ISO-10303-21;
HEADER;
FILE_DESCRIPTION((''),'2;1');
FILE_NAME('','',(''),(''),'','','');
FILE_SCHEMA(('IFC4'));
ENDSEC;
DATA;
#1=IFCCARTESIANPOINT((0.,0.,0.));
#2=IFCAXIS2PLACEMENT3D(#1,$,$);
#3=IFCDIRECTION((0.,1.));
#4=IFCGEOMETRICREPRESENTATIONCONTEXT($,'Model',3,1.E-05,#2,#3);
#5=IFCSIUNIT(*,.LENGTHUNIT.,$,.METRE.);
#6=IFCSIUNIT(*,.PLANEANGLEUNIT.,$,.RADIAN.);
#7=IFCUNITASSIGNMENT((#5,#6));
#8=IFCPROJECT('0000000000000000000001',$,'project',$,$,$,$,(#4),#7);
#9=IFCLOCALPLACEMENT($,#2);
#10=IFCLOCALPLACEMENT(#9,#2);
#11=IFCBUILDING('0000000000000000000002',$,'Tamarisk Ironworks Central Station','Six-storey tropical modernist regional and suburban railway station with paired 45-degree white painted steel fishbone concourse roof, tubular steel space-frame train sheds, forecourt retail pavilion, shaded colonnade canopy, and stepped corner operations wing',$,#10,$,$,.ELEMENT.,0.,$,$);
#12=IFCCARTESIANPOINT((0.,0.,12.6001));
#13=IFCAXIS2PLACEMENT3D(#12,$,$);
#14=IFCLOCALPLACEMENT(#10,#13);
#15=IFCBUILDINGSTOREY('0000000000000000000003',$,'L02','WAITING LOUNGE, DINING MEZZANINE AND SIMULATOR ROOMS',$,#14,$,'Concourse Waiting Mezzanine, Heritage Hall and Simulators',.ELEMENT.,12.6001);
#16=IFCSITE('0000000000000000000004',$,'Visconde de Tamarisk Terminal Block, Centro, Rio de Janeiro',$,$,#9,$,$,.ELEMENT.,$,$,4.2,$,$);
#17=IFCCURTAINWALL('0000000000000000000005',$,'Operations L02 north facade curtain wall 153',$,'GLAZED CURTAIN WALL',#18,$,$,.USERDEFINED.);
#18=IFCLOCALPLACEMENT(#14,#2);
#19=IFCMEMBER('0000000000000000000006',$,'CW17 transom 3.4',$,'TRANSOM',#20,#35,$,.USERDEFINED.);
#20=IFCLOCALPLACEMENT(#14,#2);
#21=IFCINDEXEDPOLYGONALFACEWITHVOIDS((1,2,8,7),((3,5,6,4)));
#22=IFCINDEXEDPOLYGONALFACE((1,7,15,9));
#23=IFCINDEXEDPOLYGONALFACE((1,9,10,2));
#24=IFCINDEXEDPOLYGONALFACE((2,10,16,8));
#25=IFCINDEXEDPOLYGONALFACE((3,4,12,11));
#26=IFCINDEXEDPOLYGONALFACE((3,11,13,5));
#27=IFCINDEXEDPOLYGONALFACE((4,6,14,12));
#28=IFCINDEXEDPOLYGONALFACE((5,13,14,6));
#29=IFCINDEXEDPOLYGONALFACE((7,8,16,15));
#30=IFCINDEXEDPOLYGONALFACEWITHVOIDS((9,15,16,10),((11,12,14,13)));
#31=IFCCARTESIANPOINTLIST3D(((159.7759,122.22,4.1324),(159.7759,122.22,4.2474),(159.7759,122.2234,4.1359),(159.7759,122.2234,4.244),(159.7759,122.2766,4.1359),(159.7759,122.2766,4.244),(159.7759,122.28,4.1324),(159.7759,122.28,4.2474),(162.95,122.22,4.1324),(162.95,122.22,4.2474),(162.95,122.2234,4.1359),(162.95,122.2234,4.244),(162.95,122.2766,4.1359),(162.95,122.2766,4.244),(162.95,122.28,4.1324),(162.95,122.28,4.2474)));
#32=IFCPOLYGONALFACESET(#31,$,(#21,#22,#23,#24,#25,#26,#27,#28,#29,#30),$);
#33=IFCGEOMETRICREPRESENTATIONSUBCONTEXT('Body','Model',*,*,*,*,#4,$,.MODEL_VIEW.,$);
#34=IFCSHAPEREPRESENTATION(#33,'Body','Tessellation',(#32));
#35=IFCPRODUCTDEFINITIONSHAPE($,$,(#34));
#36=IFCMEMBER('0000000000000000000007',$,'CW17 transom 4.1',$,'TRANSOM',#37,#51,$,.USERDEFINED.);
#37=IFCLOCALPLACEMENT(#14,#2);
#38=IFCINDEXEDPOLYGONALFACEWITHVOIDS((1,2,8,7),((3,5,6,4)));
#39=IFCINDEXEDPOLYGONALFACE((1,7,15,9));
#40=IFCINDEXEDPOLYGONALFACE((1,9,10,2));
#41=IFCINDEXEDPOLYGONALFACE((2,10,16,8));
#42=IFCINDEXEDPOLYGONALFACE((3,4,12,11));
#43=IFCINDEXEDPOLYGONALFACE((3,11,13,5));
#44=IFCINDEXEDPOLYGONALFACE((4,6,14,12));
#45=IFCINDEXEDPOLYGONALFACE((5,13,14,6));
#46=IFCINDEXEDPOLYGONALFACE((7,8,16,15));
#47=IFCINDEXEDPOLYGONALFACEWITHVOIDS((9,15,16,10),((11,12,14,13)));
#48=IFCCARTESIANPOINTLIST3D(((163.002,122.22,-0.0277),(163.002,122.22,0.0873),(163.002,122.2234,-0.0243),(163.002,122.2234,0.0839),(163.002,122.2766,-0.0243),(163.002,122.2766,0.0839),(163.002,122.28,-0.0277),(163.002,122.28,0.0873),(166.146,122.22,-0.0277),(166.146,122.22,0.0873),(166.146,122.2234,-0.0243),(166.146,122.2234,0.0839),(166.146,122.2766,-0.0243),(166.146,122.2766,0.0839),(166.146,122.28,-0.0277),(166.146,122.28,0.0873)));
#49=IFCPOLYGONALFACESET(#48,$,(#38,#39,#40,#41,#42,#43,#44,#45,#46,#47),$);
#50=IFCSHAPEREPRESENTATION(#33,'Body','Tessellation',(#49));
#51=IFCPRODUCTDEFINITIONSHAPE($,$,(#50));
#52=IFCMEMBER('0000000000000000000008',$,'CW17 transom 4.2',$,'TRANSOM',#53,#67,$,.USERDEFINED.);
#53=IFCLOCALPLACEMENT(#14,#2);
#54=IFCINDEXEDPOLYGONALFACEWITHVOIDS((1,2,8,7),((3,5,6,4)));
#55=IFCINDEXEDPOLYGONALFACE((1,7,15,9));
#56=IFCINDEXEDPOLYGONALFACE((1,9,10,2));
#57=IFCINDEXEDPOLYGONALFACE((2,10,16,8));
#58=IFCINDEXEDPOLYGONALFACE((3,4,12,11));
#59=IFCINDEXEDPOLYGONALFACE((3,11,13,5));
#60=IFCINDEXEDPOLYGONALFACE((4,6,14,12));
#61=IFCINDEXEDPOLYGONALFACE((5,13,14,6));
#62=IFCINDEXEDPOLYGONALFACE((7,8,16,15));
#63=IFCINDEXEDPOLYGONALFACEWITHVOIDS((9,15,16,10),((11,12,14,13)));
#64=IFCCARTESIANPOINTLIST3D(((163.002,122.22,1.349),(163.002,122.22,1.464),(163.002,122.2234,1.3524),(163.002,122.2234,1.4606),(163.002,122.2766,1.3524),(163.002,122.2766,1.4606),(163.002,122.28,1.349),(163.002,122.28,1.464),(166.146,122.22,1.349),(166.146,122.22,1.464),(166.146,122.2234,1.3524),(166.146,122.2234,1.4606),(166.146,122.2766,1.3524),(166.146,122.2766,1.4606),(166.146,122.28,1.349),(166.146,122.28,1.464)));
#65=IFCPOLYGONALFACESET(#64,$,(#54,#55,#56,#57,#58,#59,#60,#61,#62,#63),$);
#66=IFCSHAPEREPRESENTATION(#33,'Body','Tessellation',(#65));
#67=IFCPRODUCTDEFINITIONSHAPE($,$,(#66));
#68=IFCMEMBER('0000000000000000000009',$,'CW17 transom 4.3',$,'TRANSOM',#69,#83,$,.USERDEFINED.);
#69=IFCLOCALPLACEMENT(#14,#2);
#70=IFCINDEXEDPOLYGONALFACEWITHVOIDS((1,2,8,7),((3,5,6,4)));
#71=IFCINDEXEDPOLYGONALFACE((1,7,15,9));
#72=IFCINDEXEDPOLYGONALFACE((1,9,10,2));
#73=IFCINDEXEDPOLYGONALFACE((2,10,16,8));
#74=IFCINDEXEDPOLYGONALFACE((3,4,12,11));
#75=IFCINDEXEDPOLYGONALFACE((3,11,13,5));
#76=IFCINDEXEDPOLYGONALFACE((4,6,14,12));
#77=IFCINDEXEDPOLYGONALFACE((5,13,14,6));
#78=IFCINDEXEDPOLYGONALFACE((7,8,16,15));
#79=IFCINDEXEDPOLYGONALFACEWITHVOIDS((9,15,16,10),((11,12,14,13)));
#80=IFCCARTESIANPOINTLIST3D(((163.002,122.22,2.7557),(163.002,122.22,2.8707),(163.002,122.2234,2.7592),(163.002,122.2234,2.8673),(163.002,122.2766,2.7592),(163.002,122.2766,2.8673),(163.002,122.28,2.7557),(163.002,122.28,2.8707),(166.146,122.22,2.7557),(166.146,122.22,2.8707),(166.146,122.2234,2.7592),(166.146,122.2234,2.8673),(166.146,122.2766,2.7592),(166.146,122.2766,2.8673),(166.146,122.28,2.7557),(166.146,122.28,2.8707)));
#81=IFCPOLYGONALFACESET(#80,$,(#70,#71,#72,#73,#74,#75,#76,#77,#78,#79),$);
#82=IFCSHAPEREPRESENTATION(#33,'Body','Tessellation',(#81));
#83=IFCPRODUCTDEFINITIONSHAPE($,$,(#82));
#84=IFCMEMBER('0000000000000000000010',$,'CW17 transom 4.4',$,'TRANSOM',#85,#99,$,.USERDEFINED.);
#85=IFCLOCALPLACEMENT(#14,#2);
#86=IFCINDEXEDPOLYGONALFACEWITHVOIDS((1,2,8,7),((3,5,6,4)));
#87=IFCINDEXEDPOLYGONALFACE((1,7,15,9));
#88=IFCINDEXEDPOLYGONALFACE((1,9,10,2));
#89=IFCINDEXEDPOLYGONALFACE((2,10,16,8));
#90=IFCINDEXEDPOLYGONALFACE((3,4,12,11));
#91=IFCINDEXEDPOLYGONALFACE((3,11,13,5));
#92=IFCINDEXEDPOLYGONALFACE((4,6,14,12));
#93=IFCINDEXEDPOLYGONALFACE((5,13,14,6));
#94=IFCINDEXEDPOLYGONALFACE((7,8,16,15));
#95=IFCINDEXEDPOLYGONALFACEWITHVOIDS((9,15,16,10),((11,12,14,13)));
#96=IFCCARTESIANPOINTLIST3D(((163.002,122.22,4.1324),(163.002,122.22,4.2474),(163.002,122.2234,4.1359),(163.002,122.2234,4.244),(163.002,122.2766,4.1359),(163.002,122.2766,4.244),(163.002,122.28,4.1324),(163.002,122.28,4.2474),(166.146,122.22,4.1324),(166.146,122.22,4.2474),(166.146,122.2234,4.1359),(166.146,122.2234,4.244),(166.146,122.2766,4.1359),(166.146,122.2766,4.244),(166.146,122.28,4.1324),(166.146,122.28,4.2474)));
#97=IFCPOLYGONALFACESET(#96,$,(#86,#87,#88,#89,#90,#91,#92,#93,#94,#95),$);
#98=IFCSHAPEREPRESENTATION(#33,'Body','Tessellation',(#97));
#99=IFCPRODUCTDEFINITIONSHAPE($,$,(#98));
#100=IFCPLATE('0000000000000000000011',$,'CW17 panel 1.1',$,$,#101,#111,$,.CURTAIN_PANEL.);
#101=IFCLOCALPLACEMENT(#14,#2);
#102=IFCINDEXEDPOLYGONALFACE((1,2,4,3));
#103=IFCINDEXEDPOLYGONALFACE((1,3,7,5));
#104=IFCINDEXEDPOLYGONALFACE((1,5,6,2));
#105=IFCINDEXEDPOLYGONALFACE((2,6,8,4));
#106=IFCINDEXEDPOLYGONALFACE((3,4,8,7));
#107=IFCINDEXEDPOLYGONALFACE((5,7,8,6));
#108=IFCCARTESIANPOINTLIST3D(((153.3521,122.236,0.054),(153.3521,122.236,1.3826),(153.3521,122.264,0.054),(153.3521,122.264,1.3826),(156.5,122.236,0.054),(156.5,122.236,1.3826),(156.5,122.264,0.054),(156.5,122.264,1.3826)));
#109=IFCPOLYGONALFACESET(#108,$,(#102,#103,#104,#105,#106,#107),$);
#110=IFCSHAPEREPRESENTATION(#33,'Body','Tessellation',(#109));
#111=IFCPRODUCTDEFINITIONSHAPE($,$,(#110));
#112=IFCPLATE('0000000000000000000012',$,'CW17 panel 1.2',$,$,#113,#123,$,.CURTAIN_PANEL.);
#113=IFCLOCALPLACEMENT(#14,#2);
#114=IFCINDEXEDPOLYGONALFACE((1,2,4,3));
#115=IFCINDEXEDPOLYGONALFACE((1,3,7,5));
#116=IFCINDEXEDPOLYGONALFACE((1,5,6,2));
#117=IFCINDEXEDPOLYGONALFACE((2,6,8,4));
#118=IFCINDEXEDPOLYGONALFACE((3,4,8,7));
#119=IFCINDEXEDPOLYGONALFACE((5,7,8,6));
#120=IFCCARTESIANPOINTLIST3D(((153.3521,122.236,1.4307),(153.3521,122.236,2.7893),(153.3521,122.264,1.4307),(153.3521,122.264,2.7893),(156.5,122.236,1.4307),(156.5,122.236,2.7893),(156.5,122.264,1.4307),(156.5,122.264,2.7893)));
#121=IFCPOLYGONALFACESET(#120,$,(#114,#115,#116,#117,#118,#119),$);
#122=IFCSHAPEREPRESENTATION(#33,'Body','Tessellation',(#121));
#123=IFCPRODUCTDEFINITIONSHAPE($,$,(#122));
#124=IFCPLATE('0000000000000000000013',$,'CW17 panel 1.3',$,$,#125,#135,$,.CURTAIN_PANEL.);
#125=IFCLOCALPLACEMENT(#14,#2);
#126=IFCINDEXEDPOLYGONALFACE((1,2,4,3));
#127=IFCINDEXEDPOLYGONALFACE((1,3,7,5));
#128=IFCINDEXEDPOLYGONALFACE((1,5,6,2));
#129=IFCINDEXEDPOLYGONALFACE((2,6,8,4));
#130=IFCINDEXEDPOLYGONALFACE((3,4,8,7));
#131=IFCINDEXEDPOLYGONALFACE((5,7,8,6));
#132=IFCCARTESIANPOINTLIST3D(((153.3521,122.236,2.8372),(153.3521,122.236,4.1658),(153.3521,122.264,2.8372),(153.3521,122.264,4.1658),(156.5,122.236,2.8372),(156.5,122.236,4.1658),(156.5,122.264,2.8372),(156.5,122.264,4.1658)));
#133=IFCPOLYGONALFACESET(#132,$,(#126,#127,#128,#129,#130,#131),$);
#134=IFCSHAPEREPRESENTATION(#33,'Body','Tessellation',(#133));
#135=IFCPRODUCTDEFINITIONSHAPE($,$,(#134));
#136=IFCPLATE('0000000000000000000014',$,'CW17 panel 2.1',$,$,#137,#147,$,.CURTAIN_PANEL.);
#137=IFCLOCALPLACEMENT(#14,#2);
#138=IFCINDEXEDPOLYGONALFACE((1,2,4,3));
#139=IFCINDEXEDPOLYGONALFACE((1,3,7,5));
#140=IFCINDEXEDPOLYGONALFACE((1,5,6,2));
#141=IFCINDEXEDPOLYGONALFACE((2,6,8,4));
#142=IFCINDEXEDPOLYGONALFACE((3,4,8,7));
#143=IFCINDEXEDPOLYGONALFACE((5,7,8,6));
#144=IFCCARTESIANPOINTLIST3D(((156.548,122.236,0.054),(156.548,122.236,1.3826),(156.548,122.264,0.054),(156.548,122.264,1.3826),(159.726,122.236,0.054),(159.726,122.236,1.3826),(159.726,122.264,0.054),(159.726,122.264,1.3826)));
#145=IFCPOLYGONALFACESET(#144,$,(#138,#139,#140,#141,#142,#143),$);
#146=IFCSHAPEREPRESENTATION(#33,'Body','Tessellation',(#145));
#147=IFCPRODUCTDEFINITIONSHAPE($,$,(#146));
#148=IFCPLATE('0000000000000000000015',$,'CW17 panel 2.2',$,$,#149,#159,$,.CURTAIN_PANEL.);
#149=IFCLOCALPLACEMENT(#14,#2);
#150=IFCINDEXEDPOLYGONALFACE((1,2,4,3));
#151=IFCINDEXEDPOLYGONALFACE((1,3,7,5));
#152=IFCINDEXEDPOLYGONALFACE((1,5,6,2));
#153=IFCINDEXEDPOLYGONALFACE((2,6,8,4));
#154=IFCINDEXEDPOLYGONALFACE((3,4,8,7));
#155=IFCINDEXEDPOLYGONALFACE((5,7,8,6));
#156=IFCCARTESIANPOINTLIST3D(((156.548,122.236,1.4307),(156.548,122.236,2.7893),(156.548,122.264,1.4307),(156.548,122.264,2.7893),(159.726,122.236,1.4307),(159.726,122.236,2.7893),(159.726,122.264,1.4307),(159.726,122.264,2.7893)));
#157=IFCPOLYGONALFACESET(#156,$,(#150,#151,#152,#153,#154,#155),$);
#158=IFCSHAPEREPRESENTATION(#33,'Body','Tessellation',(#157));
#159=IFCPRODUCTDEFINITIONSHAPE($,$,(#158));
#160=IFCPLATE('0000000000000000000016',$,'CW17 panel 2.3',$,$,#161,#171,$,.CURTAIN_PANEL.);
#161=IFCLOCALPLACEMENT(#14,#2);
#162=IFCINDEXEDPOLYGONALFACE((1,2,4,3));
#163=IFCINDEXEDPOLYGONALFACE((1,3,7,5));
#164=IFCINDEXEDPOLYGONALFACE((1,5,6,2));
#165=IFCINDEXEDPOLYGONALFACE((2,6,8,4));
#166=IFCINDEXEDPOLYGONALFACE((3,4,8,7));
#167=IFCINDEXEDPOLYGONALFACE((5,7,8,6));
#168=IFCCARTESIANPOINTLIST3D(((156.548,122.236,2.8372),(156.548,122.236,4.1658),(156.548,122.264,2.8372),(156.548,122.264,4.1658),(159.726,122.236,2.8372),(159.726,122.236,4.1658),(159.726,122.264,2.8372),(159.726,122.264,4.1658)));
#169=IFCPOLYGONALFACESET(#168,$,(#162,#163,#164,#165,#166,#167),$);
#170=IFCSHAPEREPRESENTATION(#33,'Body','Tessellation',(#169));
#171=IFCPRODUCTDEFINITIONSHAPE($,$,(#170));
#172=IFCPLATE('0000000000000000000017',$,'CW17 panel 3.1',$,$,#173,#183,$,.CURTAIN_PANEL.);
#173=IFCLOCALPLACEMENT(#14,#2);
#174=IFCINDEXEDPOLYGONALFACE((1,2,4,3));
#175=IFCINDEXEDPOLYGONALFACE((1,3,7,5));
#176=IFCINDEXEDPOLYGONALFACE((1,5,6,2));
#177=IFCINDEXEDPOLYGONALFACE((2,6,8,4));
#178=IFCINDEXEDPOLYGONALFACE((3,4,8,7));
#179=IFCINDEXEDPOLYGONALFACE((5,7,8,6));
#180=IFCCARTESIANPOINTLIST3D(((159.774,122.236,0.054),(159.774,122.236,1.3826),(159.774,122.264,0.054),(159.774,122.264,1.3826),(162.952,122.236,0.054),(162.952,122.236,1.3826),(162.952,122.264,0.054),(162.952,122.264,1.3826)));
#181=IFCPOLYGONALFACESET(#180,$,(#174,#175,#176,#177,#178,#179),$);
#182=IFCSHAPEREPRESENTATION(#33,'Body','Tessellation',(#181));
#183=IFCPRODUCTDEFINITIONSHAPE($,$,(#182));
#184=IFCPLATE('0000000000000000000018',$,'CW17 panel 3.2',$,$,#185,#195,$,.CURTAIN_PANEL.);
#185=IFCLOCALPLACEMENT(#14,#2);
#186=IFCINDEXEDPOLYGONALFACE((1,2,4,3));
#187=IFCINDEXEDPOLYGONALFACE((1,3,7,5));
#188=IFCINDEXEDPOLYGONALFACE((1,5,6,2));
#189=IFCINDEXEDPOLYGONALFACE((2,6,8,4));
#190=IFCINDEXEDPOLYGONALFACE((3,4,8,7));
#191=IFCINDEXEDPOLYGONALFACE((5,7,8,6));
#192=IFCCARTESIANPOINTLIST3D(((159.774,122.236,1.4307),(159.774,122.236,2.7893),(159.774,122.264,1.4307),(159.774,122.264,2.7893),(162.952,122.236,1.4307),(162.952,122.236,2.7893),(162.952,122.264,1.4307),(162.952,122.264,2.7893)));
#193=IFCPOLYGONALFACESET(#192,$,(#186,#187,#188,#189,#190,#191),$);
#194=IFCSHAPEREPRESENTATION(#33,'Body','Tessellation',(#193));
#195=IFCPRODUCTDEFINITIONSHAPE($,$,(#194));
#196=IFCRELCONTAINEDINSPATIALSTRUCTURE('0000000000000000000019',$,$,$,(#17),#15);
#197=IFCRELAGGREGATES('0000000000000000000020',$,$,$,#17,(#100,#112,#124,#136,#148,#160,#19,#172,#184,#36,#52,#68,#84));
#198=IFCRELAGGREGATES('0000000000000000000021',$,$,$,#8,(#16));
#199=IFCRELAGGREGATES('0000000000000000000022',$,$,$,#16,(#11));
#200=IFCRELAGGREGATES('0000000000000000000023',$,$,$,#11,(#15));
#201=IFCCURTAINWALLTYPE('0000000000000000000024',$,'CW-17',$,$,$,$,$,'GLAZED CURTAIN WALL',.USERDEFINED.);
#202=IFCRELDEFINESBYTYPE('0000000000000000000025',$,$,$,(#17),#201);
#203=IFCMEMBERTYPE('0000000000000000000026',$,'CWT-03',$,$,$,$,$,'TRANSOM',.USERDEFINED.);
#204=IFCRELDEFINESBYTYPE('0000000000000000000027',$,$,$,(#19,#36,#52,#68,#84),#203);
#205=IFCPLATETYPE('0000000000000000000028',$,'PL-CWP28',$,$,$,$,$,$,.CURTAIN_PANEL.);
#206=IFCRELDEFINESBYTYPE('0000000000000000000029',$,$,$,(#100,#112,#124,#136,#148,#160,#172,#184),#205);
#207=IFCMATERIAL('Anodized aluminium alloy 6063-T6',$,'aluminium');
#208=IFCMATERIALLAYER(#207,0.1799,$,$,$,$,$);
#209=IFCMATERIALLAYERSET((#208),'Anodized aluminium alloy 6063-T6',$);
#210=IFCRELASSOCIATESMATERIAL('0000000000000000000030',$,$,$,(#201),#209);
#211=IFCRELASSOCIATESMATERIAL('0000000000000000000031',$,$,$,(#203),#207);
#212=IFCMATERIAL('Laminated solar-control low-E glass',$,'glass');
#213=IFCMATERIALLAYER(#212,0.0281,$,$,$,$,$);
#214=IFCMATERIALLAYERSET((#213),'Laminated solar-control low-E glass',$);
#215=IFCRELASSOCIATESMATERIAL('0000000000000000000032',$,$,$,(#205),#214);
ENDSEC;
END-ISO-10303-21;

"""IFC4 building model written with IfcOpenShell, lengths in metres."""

from ifc_helpers import new_model, si_unit, direction, frame, origin, origin_2d, place, context, subcontext, project, spatial, rectangle, hollow_rectangle, extrude, material, layer, layer_set, material_profile, profile_set, type_object, element, aggregate, save


model = new_model("IFC4")

# Units and contexts
model_context = context("Model", 3, precision=1e-05, world=origin(), true_north=direction((0.0, 1.0)))
body_context = subcontext(model_context, "Body", "Model", "MODEL_VIEW")
ifc_project = project(units=[si_unit("LENGTHUNIT", "METRE"), si_unit("PLANEANGLEUNIT", "RADIAN")], contexts=[model_context])

# Site, building, storey
site_placement = place(None, origin())
site = spatial("IfcSite", under=ifc_project, at=site_placement, Name="Visconde de Tamarisk Terminal Block, Centro, Rio de Janeiro", CompositionType="ELEMENT", RefElevation=4.2)
building_placement = place(site_placement, origin())
building = spatial("IfcBuilding", under=site, at=building_placement, Name="Tamarisk Ironworks Central Station", Description="Six-storey tropical modernist regional and suburban railway station with paired 45-degree white painted steel fishbone concourse roof, tubular steel space-frame train sheds, forecourt retail pavilion, shaded colonnade canopy, and stepped corner operations wing", CompositionType="ELEMENT", ElevationOfRefHeight=0.0)
storey_placement = place(building_placement, frame((0.0, 0.0, 12.6001)))
storey = spatial("IfcBuildingStorey", under=building, at=storey_placement, Name="L02", Description="WAITING LOUNGE, DINING MEZZANINE AND SIMULATOR ROOMS", LongName="Concourse Waiting Mezzanine, Heritage Hall and Simulators", CompositionType="ELEMENT", Elevation=12.6001)

# Curtain wall, members, plates
ifc_material_1 = material(Name="Anodized aluminium alloy 6063-T6", Category="aluminium")
ifc_layer_1 = layer(ifc_material_1, 0.1799)
ifc_layer_set_1 = layer_set([ifc_layer_1], Name="Anodized aluminium alloy 6063-T6")
curtain_wall_type = type_object("IfcCurtainWallType", Name="CW-17", ElementType="GLAZED CURTAIN WALL", PredefinedType="USERDEFINED", material=ifc_layer_set_1)
curtain_wall_placement = place(storey_placement, origin())
curtain_wall = element("IfcCurtainWall", 1, at=curtain_wall_placement, inside=storey, type_object=curtain_wall_type, Name="Operations L02 north facade curtain wall 153", ObjectType="GLAZED CURTAIN WALL", PredefinedType="USERDEFINED")
ifc_material_profile_1 = material_profile(ifc_material_1, hollow_rectangle(XDim=0.0601, YDim=0.115, WallThickness=0.0034, at=origin_2d()), Name="ALUM 115x60")
ifc_profile_set_1 = profile_set([ifc_material_profile_1], Name="Anodized aluminium alloy 6063-T6")
member_type_1 = type_object("IfcMemberType", Name="CWT-03", ElementType="TRANSOM", PredefinedType="USERDEFINED", material=ifc_profile_set_1)
member_1_placement = place(storey_placement, frame((159.7759, 122.25, 4.1899), z_axis=(1.0, 0.0, 0.0), x_axis=(0.0, 1.0, 0.0)))
member_1 = element("IfcMember", 2, at=member_1_placement, type_object=member_type_1, Name="CW17 transom 3.4", ObjectType="TRANSOM", PredefinedType="USERDEFINED", context=body_context, shape_type="SweptSolid", body=[
    extrude(hollow_rectangle(XDim=0.0601, YDim=0.115, WallThickness=0.0034, at=origin_2d()), origin(), (0.0, 0.0, 1.0), 3.1741),
])
member_2_placement = place(storey_placement, frame((163.002, 122.25, 0.0298), z_axis=(1.0, 0.0, 0.0), x_axis=(0.0, 1.0, 0.0)))
member_2 = element("IfcMember", 3, at=member_2_placement, type_object=member_type_1, Name="CW17 transom 4.1", ObjectType="TRANSOM", PredefinedType="USERDEFINED", context=body_context, shape_type="SweptSolid", body=[
    extrude(hollow_rectangle(XDim=0.0601, YDim=0.115, WallThickness=0.0034, at=origin_2d()), origin(), (0.0, 0.0, 1.0), 3.144),
])
member_3_placement = place(storey_placement, frame((163.002, 122.25, 1.4065), z_axis=(1.0, 0.0, 0.0), x_axis=(0.0, 1.0, 0.0)))
member_3 = element("IfcMember", 4, at=member_3_placement, type_object=member_type_1, Name="CW17 transom 4.2", ObjectType="TRANSOM", PredefinedType="USERDEFINED", context=body_context, shape_type="SweptSolid", body=[
    extrude(hollow_rectangle(XDim=0.0601, YDim=0.115, WallThickness=0.0034, at=origin_2d()), origin(), (0.0, 0.0, 1.0), 3.144),
])
member_4_placement = place(storey_placement, frame((163.002, 122.25, 2.8132), z_axis=(1.0, 0.0, 0.0), x_axis=(0.0, 1.0, 0.0)))
member_4 = element("IfcMember", 5, at=member_4_placement, type_object=member_type_1, Name="CW17 transom 4.3", ObjectType="TRANSOM", PredefinedType="USERDEFINED", context=body_context, shape_type="SweptSolid", body=[
    extrude(hollow_rectangle(XDim=0.0601, YDim=0.115, WallThickness=0.0034, at=origin_2d()), origin(), (0.0, 0.0, 1.0), 3.144),
])
member_5_placement = place(storey_placement, frame((163.002, 122.25, 4.1899), z_axis=(1.0, 0.0, 0.0), x_axis=(0.0, 1.0, 0.0)))
member_5 = element("IfcMember", 6, at=member_5_placement, type_object=member_type_1, Name="CW17 transom 4.4", ObjectType="TRANSOM", PredefinedType="USERDEFINED", context=body_context, shape_type="SweptSolid", body=[
    extrude(hollow_rectangle(XDim=0.0601, YDim=0.115, WallThickness=0.0034, at=origin_2d()), origin(), (0.0, 0.0, 1.0), 3.144),
])
ifc_material_2 = material(Name="Laminated solar-control low-E glass", Category="glass")
ifc_layer_2 = layer(ifc_material_2, 0.0281)
ifc_layer_set_2 = layer_set([ifc_layer_2], Name="Laminated solar-control low-E glass")
plate_type = type_object("IfcPlateType", Name="PL-CWP28", PredefinedType="CURTAIN_PANEL", material=ifc_layer_set_2)
plate_1_placement = place(storey_placement, frame((154.926, 122.25, 0.054), z_axis=(0.0, 0.0, 1.0), x_axis=(1.0, 0.0, 0.0)))
plate_1 = element("IfcPlate", 7, at=plate_1_placement, type_object=plate_type, Name="CW17 panel 1.1", PredefinedType="CURTAIN_PANEL", context=body_context, shape_type="SweptSolid", body=[
    extrude(rectangle(XDim=3.1479, YDim=0.0281, at=origin_2d()), origin(), (0.0, 0.0, 1.0), 1.3286),
])
plate_2_placement = place(storey_placement, frame((154.926, 122.25, 1.4307), z_axis=(0.0, 0.0, 1.0), x_axis=(1.0, 0.0, 0.0)))
plate_2 = element("IfcPlate", 8, at=plate_2_placement, type_object=plate_type, Name="CW17 panel 1.2", PredefinedType="CURTAIN_PANEL", context=body_context, shape_type="SweptSolid", body=[
    extrude(rectangle(XDim=3.1479, YDim=0.0281, at=origin_2d()), origin(), (0.0, 0.0, 1.0), 1.3586),
])
plate_3_placement = place(storey_placement, frame((154.926, 122.25, 2.8372), z_axis=(0.0, 0.0, 1.0), x_axis=(1.0, 0.0, 0.0)))
plate_3 = element("IfcPlate", 9, at=plate_3_placement, type_object=plate_type, Name="CW17 panel 1.3", PredefinedType="CURTAIN_PANEL", context=body_context, shape_type="SweptSolid", body=[
    extrude(rectangle(XDim=3.1479, YDim=0.0281, at=origin_2d()), origin(), (0.0, 0.0, 1.0), 1.3286),
])
plate_4_placement = place(storey_placement, frame((158.137, 122.25, 0.054), z_axis=(0.0, 0.0, 1.0), x_axis=(1.0, 0.0, 0.0)))
plate_4 = element("IfcPlate", 10, at=plate_4_placement, type_object=plate_type, Name="CW17 panel 2.1", PredefinedType="CURTAIN_PANEL", context=body_context, shape_type="SweptSolid", body=[
    extrude(rectangle(XDim=3.178, YDim=0.0281, at=origin_2d()), origin(), (0.0, 0.0, 1.0), 1.3286),
])
plate_5_placement = place(storey_placement, frame((158.137, 122.25, 1.4307), z_axis=(0.0, 0.0, 1.0), x_axis=(1.0, 0.0, 0.0)))
plate_5 = element("IfcPlate", 11, at=plate_5_placement, type_object=plate_type, Name="CW17 panel 2.2", PredefinedType="CURTAIN_PANEL", context=body_context, shape_type="SweptSolid", body=[
    extrude(rectangle(XDim=3.178, YDim=0.0281, at=origin_2d()), origin(), (0.0, 0.0, 1.0), 1.3586),
])
plate_6_placement = place(storey_placement, frame((158.137, 122.25, 2.8372), z_axis=(0.0, 0.0, 1.0), x_axis=(1.0, 0.0, 0.0)))
plate_6 = element("IfcPlate", 12, at=plate_6_placement, type_object=plate_type, Name="CW17 panel 2.3", PredefinedType="CURTAIN_PANEL", context=body_context, shape_type="SweptSolid", body=[
    extrude(rectangle(XDim=3.178, YDim=0.0281, at=origin_2d()), origin(), (0.0, 0.0, 1.0), 1.3286),
])
plate_7_placement = place(storey_placement, frame((161.363, 122.25, 0.054), z_axis=(0.0, 0.0, 1.0), x_axis=(1.0, 0.0, 0.0)))
plate_7 = element("IfcPlate", 13, at=plate_7_placement, type_object=plate_type, Name="CW17 panel 3.1", PredefinedType="CURTAIN_PANEL", context=body_context, shape_type="SweptSolid", body=[
    extrude(rectangle(XDim=3.178, YDim=0.0281, at=origin_2d()), origin(), (0.0, 0.0, 1.0), 1.3286),
])
plate_8_placement = place(storey_placement, frame((161.363, 122.25, 1.4307), z_axis=(0.0, 0.0, 1.0), x_axis=(1.0, 0.0, 0.0)))
plate_8 = element("IfcPlate", 14, at=plate_8_placement, type_object=plate_type, Name="CW17 panel 3.2", PredefinedType="CURTAIN_PANEL", context=body_context, shape_type="SweptSolid", body=[
    extrude(rectangle(XDim=3.178, YDim=0.0281, at=origin_2d()), origin(), (0.0, 0.0, 1.0), 1.3586),
])
aggregate(curtain_wall, [plate_1, plate_2, plate_3, plate_4, plate_5, plate_6, member_1, plate_7, plate_8, member_2, member_3, member_4, member_5])

save(model, "model.ifc")
